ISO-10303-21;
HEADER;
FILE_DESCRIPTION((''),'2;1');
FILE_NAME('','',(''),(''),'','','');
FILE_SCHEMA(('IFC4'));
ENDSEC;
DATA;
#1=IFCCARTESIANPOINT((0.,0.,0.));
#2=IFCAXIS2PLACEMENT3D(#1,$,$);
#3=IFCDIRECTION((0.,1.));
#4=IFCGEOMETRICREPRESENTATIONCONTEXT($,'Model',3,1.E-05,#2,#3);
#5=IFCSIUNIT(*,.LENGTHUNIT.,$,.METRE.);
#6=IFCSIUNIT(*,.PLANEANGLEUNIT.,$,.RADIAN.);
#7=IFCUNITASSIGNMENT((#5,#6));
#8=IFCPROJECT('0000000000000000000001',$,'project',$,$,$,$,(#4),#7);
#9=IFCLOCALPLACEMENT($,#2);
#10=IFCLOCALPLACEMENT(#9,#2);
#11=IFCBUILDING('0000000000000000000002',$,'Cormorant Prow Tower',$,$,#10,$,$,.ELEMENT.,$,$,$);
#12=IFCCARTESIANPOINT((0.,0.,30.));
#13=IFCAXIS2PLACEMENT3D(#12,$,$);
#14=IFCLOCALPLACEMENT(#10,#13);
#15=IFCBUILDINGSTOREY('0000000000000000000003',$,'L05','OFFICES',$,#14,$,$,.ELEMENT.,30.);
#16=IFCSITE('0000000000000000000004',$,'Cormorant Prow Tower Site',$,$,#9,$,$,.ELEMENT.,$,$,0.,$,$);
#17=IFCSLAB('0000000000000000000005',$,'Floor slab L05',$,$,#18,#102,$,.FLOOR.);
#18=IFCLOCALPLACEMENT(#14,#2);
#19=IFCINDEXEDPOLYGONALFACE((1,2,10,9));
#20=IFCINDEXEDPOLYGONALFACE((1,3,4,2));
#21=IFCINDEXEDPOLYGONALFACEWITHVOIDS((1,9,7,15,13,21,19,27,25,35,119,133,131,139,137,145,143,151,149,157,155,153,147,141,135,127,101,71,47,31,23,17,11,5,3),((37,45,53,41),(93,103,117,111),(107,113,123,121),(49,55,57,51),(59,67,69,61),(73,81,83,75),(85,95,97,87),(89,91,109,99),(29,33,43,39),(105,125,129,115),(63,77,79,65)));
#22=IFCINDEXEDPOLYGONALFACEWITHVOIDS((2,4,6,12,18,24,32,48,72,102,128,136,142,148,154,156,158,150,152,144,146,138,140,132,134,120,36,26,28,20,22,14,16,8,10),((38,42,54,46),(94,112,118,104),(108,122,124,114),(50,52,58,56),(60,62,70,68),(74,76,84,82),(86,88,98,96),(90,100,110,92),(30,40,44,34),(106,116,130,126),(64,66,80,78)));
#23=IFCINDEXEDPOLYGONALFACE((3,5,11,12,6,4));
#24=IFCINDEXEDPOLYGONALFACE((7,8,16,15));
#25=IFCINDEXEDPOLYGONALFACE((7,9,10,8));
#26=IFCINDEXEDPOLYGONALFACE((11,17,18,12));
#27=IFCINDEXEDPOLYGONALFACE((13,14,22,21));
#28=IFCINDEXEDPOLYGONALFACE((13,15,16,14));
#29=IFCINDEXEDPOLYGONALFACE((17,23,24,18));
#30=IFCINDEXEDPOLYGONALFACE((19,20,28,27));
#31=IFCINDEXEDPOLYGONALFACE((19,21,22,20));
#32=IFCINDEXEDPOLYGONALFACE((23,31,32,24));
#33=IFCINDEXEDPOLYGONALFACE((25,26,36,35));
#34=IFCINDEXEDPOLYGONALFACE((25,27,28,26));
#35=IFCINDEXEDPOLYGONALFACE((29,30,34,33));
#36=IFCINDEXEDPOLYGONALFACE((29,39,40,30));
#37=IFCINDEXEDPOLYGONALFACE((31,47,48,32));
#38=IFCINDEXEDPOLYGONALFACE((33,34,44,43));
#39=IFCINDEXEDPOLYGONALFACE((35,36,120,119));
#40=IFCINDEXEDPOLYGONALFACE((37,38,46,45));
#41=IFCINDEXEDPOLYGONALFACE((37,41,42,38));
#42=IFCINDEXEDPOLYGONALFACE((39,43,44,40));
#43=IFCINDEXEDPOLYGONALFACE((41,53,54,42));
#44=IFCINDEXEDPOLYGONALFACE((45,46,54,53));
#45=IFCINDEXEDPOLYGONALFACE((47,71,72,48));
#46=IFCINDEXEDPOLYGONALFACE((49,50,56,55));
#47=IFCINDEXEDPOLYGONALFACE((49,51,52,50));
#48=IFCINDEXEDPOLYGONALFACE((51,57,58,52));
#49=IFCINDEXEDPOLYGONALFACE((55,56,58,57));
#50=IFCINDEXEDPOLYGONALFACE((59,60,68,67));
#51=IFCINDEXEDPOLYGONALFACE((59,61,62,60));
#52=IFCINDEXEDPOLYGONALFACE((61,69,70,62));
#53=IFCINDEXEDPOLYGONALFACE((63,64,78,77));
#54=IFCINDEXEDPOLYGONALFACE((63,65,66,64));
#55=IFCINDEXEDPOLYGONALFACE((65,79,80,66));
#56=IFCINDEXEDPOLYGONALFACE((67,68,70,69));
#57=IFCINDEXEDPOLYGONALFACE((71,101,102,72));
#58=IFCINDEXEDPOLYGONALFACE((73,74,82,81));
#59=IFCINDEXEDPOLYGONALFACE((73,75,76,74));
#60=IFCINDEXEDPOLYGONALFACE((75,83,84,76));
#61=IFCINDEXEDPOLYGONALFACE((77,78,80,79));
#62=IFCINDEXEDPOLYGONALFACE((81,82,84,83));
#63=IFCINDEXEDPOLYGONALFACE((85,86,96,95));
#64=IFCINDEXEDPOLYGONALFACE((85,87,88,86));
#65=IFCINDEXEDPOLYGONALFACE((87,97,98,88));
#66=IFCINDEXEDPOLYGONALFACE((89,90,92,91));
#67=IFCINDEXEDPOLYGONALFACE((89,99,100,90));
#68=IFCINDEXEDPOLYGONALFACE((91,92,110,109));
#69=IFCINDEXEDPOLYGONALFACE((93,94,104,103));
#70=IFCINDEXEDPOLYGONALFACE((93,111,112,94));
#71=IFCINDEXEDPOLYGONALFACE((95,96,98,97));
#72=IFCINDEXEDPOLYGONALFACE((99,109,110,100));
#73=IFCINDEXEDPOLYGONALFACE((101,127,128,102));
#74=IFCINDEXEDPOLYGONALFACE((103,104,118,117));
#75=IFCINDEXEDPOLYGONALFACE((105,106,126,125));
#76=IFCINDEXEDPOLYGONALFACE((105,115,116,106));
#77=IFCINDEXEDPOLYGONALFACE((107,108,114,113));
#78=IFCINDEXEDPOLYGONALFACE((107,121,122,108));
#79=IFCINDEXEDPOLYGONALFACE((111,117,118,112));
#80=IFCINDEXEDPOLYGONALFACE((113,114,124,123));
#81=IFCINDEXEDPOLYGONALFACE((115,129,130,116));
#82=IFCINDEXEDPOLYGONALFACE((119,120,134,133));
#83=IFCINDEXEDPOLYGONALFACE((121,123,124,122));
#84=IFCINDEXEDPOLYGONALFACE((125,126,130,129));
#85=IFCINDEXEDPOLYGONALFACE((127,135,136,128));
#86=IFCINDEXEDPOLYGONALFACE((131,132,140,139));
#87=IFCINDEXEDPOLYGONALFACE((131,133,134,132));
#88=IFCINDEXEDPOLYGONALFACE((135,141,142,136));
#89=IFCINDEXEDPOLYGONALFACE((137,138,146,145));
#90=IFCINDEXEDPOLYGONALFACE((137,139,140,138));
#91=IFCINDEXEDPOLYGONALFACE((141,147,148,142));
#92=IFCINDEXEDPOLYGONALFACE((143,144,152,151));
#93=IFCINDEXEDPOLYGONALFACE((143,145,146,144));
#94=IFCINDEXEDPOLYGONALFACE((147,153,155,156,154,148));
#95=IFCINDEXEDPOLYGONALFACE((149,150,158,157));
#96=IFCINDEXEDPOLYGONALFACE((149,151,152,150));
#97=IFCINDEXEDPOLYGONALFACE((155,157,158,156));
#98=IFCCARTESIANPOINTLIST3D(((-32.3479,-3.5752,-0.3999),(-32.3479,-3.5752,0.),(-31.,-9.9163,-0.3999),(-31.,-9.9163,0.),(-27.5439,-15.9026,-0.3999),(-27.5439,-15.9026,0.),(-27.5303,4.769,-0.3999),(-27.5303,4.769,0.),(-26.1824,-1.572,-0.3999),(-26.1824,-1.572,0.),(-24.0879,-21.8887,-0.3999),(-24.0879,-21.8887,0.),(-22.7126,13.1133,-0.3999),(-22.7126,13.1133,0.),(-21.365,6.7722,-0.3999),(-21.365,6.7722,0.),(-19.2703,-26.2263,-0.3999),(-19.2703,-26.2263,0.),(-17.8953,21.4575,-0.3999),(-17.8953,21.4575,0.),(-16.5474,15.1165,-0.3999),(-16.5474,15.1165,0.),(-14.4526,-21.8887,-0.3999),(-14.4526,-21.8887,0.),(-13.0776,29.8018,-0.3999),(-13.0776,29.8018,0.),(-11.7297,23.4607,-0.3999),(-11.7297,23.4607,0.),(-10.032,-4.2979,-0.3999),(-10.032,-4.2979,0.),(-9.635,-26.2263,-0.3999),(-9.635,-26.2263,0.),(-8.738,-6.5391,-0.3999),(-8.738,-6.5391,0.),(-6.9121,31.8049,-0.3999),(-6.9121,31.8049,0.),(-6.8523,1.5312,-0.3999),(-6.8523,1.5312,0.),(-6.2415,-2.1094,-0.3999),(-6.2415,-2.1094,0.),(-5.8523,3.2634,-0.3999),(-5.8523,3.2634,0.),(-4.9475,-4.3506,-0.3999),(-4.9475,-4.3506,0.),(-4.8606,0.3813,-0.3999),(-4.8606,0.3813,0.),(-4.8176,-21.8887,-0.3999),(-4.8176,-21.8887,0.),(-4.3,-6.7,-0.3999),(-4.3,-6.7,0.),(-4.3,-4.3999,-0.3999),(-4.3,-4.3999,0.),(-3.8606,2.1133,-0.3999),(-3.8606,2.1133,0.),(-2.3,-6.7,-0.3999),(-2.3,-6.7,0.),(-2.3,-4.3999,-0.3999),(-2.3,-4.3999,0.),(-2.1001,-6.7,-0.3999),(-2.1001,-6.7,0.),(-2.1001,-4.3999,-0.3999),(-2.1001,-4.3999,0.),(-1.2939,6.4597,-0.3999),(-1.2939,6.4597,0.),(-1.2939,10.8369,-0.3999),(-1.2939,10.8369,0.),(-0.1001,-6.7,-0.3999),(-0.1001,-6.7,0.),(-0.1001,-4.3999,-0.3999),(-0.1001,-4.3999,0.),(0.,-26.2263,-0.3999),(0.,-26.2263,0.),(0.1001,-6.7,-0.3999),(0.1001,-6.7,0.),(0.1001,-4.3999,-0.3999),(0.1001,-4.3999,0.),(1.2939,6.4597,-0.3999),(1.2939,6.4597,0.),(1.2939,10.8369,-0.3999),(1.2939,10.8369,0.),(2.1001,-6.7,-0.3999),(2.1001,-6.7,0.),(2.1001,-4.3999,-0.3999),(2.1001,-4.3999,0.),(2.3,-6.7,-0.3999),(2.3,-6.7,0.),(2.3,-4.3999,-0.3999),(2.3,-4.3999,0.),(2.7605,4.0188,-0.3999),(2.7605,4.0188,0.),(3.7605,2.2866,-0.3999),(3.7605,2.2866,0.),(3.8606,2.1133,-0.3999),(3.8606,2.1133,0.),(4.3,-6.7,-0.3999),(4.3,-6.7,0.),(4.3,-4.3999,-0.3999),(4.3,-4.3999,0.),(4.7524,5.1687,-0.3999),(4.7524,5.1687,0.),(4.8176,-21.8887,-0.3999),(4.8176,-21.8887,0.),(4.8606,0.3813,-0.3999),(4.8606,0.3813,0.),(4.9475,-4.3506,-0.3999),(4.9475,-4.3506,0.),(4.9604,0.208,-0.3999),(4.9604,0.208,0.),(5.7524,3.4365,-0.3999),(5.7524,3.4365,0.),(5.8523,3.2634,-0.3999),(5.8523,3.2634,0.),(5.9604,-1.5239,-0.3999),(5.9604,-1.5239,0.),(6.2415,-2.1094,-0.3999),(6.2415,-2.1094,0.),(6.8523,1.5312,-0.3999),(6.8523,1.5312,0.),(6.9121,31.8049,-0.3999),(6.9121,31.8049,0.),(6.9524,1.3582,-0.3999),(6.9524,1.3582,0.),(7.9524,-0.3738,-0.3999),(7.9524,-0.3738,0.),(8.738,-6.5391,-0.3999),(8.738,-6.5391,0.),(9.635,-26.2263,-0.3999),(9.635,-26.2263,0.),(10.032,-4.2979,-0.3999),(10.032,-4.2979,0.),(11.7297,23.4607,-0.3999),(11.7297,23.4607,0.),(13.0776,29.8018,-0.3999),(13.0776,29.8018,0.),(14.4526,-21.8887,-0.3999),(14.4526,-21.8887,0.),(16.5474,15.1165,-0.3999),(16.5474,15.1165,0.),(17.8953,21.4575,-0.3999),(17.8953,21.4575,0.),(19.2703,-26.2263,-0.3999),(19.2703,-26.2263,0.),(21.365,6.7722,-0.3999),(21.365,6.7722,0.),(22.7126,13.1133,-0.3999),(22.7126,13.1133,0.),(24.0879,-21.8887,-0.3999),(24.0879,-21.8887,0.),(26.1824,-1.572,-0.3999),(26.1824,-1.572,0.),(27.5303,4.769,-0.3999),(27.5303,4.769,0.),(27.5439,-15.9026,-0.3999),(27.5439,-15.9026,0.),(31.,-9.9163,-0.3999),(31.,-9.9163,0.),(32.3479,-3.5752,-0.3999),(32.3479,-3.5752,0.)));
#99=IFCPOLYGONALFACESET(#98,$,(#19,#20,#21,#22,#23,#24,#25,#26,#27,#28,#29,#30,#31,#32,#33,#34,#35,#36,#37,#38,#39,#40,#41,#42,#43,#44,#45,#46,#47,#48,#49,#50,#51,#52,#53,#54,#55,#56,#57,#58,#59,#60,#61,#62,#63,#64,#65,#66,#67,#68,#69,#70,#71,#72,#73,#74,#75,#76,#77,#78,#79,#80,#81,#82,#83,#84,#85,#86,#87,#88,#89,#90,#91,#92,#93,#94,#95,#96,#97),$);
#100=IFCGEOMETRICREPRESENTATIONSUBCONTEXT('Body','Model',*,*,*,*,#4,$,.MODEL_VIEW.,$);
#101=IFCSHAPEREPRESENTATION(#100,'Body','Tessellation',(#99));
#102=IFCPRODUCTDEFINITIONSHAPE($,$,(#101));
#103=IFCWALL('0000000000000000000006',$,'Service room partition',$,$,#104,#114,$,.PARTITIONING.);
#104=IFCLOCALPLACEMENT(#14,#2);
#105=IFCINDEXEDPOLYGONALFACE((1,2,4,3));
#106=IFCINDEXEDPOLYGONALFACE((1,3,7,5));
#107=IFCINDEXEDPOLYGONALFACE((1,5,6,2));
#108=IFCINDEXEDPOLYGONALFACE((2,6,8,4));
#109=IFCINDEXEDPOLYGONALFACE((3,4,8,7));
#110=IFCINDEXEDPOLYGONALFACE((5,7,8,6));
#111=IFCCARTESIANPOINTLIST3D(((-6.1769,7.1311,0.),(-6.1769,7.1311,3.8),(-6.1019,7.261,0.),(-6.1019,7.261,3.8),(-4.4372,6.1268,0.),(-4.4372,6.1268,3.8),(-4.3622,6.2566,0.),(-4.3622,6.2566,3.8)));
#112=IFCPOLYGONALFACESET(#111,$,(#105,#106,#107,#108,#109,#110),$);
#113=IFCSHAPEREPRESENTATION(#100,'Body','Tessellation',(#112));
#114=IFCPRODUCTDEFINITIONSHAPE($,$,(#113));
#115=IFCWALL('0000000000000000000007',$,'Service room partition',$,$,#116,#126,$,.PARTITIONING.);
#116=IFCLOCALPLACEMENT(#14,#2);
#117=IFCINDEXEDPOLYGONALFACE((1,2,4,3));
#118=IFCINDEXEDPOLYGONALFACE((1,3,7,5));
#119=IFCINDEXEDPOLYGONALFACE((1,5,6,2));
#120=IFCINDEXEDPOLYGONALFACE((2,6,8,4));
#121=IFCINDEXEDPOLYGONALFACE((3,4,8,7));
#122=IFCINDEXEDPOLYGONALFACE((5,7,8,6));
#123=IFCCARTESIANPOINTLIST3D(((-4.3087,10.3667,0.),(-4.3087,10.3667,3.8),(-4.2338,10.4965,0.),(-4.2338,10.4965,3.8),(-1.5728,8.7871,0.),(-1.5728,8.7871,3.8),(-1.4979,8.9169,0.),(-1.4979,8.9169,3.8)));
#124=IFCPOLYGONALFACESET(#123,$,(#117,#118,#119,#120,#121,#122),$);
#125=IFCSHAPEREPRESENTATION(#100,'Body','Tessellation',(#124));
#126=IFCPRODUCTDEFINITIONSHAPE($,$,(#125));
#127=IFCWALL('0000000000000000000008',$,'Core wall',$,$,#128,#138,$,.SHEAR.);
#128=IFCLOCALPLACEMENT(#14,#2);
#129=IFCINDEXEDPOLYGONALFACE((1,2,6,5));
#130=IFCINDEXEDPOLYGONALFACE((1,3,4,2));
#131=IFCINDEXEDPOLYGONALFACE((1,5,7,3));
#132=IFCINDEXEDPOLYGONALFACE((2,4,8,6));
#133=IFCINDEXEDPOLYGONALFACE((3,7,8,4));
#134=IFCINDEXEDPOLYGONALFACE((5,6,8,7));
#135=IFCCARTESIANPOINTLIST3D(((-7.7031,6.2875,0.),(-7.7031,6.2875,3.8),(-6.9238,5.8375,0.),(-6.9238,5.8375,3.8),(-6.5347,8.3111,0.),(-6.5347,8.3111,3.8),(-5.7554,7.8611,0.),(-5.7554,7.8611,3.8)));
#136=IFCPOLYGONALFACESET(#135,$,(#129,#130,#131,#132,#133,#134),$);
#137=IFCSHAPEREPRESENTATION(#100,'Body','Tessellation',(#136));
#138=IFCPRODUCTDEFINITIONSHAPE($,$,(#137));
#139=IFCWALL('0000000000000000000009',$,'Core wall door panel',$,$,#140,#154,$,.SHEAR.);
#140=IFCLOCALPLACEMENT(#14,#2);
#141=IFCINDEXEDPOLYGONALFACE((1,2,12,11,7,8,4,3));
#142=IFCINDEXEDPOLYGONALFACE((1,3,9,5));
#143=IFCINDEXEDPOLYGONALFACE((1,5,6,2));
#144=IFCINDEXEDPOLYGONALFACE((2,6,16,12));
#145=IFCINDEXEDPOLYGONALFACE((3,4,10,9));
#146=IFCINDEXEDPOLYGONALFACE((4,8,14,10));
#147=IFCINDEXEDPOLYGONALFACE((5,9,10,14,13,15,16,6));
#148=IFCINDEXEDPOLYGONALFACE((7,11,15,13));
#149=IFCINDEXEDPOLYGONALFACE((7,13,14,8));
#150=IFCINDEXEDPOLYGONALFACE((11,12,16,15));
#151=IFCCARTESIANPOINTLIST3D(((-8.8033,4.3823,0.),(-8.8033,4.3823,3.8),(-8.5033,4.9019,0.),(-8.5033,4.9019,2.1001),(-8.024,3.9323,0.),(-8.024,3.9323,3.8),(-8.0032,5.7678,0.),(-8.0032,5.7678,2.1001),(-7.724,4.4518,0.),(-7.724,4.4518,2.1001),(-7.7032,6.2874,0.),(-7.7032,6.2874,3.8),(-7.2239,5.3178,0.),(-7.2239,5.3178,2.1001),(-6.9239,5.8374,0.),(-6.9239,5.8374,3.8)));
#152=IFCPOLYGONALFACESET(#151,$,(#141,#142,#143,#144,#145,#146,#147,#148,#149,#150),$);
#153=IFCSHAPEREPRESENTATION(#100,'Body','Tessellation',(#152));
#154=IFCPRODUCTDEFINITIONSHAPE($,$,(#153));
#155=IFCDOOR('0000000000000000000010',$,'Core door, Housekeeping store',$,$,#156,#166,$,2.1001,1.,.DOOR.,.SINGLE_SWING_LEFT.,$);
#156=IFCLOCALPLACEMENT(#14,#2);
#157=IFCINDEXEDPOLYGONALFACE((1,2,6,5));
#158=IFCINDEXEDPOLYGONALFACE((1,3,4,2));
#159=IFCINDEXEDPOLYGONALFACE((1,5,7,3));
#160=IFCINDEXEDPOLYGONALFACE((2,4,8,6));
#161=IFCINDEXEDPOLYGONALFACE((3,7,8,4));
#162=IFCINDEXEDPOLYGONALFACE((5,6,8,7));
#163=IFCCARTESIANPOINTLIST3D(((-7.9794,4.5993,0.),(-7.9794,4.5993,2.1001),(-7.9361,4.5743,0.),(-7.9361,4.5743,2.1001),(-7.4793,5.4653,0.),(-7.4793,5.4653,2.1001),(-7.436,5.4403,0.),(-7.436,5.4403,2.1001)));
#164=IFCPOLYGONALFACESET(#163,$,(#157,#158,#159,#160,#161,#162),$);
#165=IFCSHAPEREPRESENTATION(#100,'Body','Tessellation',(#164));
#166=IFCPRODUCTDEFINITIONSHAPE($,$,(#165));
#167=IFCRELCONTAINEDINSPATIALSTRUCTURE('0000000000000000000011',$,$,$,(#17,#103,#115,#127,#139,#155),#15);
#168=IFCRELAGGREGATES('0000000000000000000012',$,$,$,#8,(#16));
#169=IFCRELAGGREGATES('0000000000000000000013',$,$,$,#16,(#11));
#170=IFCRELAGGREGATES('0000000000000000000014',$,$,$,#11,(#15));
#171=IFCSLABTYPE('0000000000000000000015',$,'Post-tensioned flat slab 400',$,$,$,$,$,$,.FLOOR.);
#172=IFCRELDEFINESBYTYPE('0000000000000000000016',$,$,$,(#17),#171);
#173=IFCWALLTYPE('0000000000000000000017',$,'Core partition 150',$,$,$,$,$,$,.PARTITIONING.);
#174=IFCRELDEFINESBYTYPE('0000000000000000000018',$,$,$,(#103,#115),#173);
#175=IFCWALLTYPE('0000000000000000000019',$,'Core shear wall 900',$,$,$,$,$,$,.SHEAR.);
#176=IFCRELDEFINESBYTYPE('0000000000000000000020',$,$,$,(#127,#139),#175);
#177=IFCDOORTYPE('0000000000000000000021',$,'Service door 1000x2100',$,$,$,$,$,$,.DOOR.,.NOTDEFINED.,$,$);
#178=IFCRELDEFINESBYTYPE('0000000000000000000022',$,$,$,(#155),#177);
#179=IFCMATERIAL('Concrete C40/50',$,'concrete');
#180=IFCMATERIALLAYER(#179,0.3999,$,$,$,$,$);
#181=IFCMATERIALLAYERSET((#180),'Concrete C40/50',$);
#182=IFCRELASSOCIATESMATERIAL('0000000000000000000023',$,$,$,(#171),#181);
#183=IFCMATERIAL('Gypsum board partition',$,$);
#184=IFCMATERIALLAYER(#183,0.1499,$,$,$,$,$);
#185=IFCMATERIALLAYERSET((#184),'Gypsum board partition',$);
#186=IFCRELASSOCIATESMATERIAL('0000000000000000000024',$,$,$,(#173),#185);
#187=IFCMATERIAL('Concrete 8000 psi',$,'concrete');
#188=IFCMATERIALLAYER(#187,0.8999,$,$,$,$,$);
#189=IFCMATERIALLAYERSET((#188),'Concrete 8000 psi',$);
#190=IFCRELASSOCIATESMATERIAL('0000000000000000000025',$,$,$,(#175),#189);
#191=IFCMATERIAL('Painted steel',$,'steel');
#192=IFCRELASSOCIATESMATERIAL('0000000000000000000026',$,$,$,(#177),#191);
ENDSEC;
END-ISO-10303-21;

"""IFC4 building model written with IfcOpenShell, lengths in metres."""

from ifc_helpers import new_model, si_unit, direction, frame, frame_2d, origin, place, context, subcontext, project, spatial, polyline, rectangle, outline, extrude, material, layer, layer_set, type_object, element, fill, save


model = new_model("IFC4")

# Units and contexts
model_context = context("Model", 3, precision=1e-05, world=origin(), true_north=direction((0.0, 1.0)))
body_context = subcontext(model_context, "Body", "Model", "MODEL_VIEW")
ifc_project = project(units=[si_unit("LENGTHUNIT", "METRE"), si_unit("PLANEANGLEUNIT", "RADIAN")], contexts=[model_context])

# Site, building, storey
site_placement = place(None, origin())
site = spatial("IfcSite", under=ifc_project, at=site_placement, Name="Cormorant Prow Tower Site", CompositionType="ELEMENT", RefElevation=0.0)
building_placement = place(site_placement, origin())
building = spatial("IfcBuilding", under=site, at=building_placement, Name="Cormorant Prow Tower", CompositionType="ELEMENT")
storey_placement = place(building_placement, frame((0.0, 0.0, 30.0)))
storey = spatial("IfcBuildingStorey", under=building, at=storey_placement, Name="L05", Description="OFFICES", CompositionType="ELEMENT", Elevation=30.0)

# Slab
ifc_material_1 = material(Name="Concrete C40/50", Category="concrete")
ifc_layer_1 = layer(ifc_material_1, 0.3999)
ifc_layer_set_1 = layer_set([ifc_layer_1], Name="Concrete C40/50")
slab_type_1 = type_object("IfcSlabType", Name="Post-tensioned flat slab 400", PredefinedType="FLOOR", material=ifc_layer_set_1)
slab_1_placement = place(storey_placement, frame((0.0, 0.0, -0.3999)))
element("IfcSlab", 1, at=slab_1_placement, inside=storey, type_object=slab_type_1, Name="Floor slab L05", PredefinedType="FLOOR", context=body_context, shape_type="SweptSolid", body=[
    extrude(outline(polyline([(-13.0776, 29.8018), (-11.7297, 23.4607), (-17.8953, 21.4575), (-16.5474, 15.1165), (-22.7126, 13.1133), (-21.365, 6.7722), (-27.5303, 4.769), (-26.1824, -1.572), (-32.3479, -3.5752), (-31.0, -9.9163), (-27.5439, -15.9026), (-24.0879, -21.8887), (-19.2703, -26.2263), (-14.4526, -21.8887), (-9.635, -26.2263), (-4.8176, -21.8887), (0.0, -26.2263), (4.8176, -21.8887), (9.635, -26.2263), (14.4526, -21.8887), (19.2703, -26.2263), (24.0879, -21.8887), (27.5439, -15.9026), (31.0, -9.9163), (32.3479, -3.5752), (26.1824, -1.572), (27.5303, 4.769), (21.365, 6.7722), (22.7126, 13.1133), (16.5474, 15.1165), (17.8953, 21.4575), (11.7297, 23.4607), (13.0776, 29.8018), (6.9121, 31.8049), (-6.9121, 31.8049), (-13.0776, 29.8018)]), holes=[polyline([(-4.3, -6.7), (-4.3, -4.3999), (-2.3, -4.3999), (-2.3, -6.7), (-4.3, -6.7)]), polyline([(-2.1001, -4.3999), (-0.1001, -4.3999), (-0.1001, -6.7), (-2.1001, -6.7), (-2.1001, -4.3999)]), polyline([(2.1001, -4.3999), (2.1001, -6.7), (0.1001, -6.7), (0.1001, -4.3999), (2.1001, -4.3999)]), polyline([(4.3, -6.7), (2.3, -6.7), (2.3, -4.3999), (4.3, -4.3999), (4.3, -6.7)]), polyline([(7.9524, -0.3738), (5.9604, -1.5239), (4.9604, 0.208), (6.9524, 1.3582), (7.9524, -0.3738)]), polyline([(4.8606, 0.3813), (3.8606, 2.1133), (5.8523, 3.2634), (6.8523, 1.5312), (4.8606, 0.3813)]), polyline([(2.7605, 4.0188), (4.7524, 5.1687), (5.7524, 3.4365), (3.7605, 2.2866), (2.7605, 4.0188)]), polyline([(-6.8523, 1.5312), (-5.8523, 3.2634), (-3.8606, 2.1133), (-4.8606, 0.3813), (-6.8523, 1.5312)]), polyline([(-4.9475, -4.3506), (-8.738, -6.5391), (-10.032, -4.2979), (-6.2415, -2.1094), (-4.9475, -4.3506)]), polyline([(10.032, -4.2979), (8.738, -6.5391), (4.9475, -4.3506), (6.2415, -2.1094), (10.032, -4.2979)]), polyline([(1.2939, 10.8369), (1.2939, 6.4597), (-1.2939, 6.4597), (-1.2939, 10.8369), (1.2939, 10.8369)])]), origin(), (0.0, 0.0, 1.0), 0.3999),
])

# Walls
ifc_material_2 = material(Name="Gypsum board partition")
ifc_layer_2 = layer(ifc_material_2, 0.1499)
ifc_layer_set_2 = layer_set([ifc_layer_2], Name="Gypsum board partition")
wall_type_1 = type_object("IfcWallType", Name="Core partition 150", PredefinedType="PARTITIONING", material=ifc_layer_set_2)
wall_1_placement = place(storey_placement, frame((-6.1394, 7.196, 0.0), z_axis=(0.0, 0.0, 1.0), x_axis=(0.866036, -0.499982, 0.0)))
element("IfcWall", 2, at=wall_1_placement, inside=storey, type_object=wall_type_1, Name="Service room partition", PredefinedType="PARTITIONING", context=body_context, shape_type="SweptSolid", body=[
    extrude(rectangle(XDim=2.0088, YDim=0.1499, at=frame_2d((1.0044, 0.0))), origin(), (0.0, 0.0, 1.0), 3.8),
])
wall_2_placement = place(storey_placement, frame((-4.2712, 10.4316, 0.0), z_axis=(0.0, 0.0, 1.0), x_axis=(0.866018, -0.500012, 0.0)))
element("IfcWall", 3, at=wall_2_placement, inside=storey, type_object=wall_type_1, Name="Service room partition", PredefinedType="PARTITIONING", context=body_context, shape_type="SweptSolid", body=[
    extrude(rectangle(XDim=3.1592, YDim=0.1499, at=frame_2d((1.5796, 0.0))), origin(), (0.0, 0.0, 1.0), 3.8),
])
ifc_material_3 = material(Name="Concrete 8000 psi", Category="concrete")
ifc_layer_3 = layer(ifc_material_3, 0.8999)
ifc_layer_set_3 = layer_set([ifc_layer_3], Name="Concrete 8000 psi")
wall_type_2 = type_object("IfcWallType", Name="Core shear wall 900", PredefinedType="SHEAR", material=ifc_layer_set_3)
wall_3_placement = place(storey_placement, frame((-6.145, 8.0862, 0.0), z_axis=(0.0, 0.0, 1.0), x_axis=(-0.500027, -0.86601, 0.0)))
element("IfcWall", 4, at=wall_3_placement, inside=storey, type_object=wall_type_2, Name="Core wall", PredefinedType="SHEAR", context=body_context, shape_type="SweptSolid", body=[
    extrude(rectangle(XDim=2.3367, YDim=0.8999, at=frame_2d((1.1685, 0.0))), origin(), (0.0, 0.0, 1.0), 3.8),
])

# Wall, opening, door
wall_4_placement = place(storey_placement, frame((-7.3135, 6.0625, 0.0), z_axis=(0.0, 0.0, 1.0), x_axis=(-0.500078, -0.86598, 0.0)))
wall_4 = element("IfcWall", 5, at=wall_4_placement, inside=storey, type_object=wall_type_2, Name="Core wall door panel", PredefinedType="SHEAR", context=body_context, shape_type="SweptSolid", body=[
    extrude(rectangle(XDim=2.2, YDim=0.8999, at=frame_2d((1.1001, 0.0))), origin(), (0.0, 0.0, 1.0), 3.8),
])
opening_1_placement = place(wall_4_placement, frame((0.6001, 0.0, 0.0)))
opening_1 = element("IfcOpeningElement", 6, at=opening_1_placement, cuts=wall_4, PredefinedType="OPENING", context=body_context, shape_type="SweptSolid", body=[
    extrude(rectangle(XDim=1.0, YDim=2.1001, at=frame_2d((0.5, 1.05))), frame((0.0, 0.46, 0.0), z_axis=(0.0, -1.0, 0.0), x_axis=(1.0, 0.0, 0.0)), (0.0, 0.0, 1.0), 0.9199),
])
ifc_material_4 = material(Name="Painted steel", Category="steel")
door_type_1 = type_object("IfcDoorType", Name="Service door 1000x2100", OperationType="NOTDEFINED", PredefinedType="DOOR", material=ifc_material_4)
door_1_placement = place(opening_1_placement, origin())
door_1 = element("IfcDoor", 7, at=door_1_placement, inside=storey, type_object=door_type_1, Name="Core door, Housekeeping store", OperationType="SINGLE_SWING_LEFT", OverallHeight=2.1001, OverallWidth=1.0, PredefinedType="DOOR", context=body_context, shape_type="SweptSolid", body=[
    extrude(rectangle(XDim=1.0, YDim=2.1001, at=frame_2d((0.5, 1.05))), frame((0.0, 0.2051, 0.0), z_axis=(0.0, -1.0, 0.0), x_axis=(1.0, 0.0, 0.0)), (0.0, 0.0, 1.0), 0.05),
])
fill(opening_1, door_1)

save(model, "model.ifc")
